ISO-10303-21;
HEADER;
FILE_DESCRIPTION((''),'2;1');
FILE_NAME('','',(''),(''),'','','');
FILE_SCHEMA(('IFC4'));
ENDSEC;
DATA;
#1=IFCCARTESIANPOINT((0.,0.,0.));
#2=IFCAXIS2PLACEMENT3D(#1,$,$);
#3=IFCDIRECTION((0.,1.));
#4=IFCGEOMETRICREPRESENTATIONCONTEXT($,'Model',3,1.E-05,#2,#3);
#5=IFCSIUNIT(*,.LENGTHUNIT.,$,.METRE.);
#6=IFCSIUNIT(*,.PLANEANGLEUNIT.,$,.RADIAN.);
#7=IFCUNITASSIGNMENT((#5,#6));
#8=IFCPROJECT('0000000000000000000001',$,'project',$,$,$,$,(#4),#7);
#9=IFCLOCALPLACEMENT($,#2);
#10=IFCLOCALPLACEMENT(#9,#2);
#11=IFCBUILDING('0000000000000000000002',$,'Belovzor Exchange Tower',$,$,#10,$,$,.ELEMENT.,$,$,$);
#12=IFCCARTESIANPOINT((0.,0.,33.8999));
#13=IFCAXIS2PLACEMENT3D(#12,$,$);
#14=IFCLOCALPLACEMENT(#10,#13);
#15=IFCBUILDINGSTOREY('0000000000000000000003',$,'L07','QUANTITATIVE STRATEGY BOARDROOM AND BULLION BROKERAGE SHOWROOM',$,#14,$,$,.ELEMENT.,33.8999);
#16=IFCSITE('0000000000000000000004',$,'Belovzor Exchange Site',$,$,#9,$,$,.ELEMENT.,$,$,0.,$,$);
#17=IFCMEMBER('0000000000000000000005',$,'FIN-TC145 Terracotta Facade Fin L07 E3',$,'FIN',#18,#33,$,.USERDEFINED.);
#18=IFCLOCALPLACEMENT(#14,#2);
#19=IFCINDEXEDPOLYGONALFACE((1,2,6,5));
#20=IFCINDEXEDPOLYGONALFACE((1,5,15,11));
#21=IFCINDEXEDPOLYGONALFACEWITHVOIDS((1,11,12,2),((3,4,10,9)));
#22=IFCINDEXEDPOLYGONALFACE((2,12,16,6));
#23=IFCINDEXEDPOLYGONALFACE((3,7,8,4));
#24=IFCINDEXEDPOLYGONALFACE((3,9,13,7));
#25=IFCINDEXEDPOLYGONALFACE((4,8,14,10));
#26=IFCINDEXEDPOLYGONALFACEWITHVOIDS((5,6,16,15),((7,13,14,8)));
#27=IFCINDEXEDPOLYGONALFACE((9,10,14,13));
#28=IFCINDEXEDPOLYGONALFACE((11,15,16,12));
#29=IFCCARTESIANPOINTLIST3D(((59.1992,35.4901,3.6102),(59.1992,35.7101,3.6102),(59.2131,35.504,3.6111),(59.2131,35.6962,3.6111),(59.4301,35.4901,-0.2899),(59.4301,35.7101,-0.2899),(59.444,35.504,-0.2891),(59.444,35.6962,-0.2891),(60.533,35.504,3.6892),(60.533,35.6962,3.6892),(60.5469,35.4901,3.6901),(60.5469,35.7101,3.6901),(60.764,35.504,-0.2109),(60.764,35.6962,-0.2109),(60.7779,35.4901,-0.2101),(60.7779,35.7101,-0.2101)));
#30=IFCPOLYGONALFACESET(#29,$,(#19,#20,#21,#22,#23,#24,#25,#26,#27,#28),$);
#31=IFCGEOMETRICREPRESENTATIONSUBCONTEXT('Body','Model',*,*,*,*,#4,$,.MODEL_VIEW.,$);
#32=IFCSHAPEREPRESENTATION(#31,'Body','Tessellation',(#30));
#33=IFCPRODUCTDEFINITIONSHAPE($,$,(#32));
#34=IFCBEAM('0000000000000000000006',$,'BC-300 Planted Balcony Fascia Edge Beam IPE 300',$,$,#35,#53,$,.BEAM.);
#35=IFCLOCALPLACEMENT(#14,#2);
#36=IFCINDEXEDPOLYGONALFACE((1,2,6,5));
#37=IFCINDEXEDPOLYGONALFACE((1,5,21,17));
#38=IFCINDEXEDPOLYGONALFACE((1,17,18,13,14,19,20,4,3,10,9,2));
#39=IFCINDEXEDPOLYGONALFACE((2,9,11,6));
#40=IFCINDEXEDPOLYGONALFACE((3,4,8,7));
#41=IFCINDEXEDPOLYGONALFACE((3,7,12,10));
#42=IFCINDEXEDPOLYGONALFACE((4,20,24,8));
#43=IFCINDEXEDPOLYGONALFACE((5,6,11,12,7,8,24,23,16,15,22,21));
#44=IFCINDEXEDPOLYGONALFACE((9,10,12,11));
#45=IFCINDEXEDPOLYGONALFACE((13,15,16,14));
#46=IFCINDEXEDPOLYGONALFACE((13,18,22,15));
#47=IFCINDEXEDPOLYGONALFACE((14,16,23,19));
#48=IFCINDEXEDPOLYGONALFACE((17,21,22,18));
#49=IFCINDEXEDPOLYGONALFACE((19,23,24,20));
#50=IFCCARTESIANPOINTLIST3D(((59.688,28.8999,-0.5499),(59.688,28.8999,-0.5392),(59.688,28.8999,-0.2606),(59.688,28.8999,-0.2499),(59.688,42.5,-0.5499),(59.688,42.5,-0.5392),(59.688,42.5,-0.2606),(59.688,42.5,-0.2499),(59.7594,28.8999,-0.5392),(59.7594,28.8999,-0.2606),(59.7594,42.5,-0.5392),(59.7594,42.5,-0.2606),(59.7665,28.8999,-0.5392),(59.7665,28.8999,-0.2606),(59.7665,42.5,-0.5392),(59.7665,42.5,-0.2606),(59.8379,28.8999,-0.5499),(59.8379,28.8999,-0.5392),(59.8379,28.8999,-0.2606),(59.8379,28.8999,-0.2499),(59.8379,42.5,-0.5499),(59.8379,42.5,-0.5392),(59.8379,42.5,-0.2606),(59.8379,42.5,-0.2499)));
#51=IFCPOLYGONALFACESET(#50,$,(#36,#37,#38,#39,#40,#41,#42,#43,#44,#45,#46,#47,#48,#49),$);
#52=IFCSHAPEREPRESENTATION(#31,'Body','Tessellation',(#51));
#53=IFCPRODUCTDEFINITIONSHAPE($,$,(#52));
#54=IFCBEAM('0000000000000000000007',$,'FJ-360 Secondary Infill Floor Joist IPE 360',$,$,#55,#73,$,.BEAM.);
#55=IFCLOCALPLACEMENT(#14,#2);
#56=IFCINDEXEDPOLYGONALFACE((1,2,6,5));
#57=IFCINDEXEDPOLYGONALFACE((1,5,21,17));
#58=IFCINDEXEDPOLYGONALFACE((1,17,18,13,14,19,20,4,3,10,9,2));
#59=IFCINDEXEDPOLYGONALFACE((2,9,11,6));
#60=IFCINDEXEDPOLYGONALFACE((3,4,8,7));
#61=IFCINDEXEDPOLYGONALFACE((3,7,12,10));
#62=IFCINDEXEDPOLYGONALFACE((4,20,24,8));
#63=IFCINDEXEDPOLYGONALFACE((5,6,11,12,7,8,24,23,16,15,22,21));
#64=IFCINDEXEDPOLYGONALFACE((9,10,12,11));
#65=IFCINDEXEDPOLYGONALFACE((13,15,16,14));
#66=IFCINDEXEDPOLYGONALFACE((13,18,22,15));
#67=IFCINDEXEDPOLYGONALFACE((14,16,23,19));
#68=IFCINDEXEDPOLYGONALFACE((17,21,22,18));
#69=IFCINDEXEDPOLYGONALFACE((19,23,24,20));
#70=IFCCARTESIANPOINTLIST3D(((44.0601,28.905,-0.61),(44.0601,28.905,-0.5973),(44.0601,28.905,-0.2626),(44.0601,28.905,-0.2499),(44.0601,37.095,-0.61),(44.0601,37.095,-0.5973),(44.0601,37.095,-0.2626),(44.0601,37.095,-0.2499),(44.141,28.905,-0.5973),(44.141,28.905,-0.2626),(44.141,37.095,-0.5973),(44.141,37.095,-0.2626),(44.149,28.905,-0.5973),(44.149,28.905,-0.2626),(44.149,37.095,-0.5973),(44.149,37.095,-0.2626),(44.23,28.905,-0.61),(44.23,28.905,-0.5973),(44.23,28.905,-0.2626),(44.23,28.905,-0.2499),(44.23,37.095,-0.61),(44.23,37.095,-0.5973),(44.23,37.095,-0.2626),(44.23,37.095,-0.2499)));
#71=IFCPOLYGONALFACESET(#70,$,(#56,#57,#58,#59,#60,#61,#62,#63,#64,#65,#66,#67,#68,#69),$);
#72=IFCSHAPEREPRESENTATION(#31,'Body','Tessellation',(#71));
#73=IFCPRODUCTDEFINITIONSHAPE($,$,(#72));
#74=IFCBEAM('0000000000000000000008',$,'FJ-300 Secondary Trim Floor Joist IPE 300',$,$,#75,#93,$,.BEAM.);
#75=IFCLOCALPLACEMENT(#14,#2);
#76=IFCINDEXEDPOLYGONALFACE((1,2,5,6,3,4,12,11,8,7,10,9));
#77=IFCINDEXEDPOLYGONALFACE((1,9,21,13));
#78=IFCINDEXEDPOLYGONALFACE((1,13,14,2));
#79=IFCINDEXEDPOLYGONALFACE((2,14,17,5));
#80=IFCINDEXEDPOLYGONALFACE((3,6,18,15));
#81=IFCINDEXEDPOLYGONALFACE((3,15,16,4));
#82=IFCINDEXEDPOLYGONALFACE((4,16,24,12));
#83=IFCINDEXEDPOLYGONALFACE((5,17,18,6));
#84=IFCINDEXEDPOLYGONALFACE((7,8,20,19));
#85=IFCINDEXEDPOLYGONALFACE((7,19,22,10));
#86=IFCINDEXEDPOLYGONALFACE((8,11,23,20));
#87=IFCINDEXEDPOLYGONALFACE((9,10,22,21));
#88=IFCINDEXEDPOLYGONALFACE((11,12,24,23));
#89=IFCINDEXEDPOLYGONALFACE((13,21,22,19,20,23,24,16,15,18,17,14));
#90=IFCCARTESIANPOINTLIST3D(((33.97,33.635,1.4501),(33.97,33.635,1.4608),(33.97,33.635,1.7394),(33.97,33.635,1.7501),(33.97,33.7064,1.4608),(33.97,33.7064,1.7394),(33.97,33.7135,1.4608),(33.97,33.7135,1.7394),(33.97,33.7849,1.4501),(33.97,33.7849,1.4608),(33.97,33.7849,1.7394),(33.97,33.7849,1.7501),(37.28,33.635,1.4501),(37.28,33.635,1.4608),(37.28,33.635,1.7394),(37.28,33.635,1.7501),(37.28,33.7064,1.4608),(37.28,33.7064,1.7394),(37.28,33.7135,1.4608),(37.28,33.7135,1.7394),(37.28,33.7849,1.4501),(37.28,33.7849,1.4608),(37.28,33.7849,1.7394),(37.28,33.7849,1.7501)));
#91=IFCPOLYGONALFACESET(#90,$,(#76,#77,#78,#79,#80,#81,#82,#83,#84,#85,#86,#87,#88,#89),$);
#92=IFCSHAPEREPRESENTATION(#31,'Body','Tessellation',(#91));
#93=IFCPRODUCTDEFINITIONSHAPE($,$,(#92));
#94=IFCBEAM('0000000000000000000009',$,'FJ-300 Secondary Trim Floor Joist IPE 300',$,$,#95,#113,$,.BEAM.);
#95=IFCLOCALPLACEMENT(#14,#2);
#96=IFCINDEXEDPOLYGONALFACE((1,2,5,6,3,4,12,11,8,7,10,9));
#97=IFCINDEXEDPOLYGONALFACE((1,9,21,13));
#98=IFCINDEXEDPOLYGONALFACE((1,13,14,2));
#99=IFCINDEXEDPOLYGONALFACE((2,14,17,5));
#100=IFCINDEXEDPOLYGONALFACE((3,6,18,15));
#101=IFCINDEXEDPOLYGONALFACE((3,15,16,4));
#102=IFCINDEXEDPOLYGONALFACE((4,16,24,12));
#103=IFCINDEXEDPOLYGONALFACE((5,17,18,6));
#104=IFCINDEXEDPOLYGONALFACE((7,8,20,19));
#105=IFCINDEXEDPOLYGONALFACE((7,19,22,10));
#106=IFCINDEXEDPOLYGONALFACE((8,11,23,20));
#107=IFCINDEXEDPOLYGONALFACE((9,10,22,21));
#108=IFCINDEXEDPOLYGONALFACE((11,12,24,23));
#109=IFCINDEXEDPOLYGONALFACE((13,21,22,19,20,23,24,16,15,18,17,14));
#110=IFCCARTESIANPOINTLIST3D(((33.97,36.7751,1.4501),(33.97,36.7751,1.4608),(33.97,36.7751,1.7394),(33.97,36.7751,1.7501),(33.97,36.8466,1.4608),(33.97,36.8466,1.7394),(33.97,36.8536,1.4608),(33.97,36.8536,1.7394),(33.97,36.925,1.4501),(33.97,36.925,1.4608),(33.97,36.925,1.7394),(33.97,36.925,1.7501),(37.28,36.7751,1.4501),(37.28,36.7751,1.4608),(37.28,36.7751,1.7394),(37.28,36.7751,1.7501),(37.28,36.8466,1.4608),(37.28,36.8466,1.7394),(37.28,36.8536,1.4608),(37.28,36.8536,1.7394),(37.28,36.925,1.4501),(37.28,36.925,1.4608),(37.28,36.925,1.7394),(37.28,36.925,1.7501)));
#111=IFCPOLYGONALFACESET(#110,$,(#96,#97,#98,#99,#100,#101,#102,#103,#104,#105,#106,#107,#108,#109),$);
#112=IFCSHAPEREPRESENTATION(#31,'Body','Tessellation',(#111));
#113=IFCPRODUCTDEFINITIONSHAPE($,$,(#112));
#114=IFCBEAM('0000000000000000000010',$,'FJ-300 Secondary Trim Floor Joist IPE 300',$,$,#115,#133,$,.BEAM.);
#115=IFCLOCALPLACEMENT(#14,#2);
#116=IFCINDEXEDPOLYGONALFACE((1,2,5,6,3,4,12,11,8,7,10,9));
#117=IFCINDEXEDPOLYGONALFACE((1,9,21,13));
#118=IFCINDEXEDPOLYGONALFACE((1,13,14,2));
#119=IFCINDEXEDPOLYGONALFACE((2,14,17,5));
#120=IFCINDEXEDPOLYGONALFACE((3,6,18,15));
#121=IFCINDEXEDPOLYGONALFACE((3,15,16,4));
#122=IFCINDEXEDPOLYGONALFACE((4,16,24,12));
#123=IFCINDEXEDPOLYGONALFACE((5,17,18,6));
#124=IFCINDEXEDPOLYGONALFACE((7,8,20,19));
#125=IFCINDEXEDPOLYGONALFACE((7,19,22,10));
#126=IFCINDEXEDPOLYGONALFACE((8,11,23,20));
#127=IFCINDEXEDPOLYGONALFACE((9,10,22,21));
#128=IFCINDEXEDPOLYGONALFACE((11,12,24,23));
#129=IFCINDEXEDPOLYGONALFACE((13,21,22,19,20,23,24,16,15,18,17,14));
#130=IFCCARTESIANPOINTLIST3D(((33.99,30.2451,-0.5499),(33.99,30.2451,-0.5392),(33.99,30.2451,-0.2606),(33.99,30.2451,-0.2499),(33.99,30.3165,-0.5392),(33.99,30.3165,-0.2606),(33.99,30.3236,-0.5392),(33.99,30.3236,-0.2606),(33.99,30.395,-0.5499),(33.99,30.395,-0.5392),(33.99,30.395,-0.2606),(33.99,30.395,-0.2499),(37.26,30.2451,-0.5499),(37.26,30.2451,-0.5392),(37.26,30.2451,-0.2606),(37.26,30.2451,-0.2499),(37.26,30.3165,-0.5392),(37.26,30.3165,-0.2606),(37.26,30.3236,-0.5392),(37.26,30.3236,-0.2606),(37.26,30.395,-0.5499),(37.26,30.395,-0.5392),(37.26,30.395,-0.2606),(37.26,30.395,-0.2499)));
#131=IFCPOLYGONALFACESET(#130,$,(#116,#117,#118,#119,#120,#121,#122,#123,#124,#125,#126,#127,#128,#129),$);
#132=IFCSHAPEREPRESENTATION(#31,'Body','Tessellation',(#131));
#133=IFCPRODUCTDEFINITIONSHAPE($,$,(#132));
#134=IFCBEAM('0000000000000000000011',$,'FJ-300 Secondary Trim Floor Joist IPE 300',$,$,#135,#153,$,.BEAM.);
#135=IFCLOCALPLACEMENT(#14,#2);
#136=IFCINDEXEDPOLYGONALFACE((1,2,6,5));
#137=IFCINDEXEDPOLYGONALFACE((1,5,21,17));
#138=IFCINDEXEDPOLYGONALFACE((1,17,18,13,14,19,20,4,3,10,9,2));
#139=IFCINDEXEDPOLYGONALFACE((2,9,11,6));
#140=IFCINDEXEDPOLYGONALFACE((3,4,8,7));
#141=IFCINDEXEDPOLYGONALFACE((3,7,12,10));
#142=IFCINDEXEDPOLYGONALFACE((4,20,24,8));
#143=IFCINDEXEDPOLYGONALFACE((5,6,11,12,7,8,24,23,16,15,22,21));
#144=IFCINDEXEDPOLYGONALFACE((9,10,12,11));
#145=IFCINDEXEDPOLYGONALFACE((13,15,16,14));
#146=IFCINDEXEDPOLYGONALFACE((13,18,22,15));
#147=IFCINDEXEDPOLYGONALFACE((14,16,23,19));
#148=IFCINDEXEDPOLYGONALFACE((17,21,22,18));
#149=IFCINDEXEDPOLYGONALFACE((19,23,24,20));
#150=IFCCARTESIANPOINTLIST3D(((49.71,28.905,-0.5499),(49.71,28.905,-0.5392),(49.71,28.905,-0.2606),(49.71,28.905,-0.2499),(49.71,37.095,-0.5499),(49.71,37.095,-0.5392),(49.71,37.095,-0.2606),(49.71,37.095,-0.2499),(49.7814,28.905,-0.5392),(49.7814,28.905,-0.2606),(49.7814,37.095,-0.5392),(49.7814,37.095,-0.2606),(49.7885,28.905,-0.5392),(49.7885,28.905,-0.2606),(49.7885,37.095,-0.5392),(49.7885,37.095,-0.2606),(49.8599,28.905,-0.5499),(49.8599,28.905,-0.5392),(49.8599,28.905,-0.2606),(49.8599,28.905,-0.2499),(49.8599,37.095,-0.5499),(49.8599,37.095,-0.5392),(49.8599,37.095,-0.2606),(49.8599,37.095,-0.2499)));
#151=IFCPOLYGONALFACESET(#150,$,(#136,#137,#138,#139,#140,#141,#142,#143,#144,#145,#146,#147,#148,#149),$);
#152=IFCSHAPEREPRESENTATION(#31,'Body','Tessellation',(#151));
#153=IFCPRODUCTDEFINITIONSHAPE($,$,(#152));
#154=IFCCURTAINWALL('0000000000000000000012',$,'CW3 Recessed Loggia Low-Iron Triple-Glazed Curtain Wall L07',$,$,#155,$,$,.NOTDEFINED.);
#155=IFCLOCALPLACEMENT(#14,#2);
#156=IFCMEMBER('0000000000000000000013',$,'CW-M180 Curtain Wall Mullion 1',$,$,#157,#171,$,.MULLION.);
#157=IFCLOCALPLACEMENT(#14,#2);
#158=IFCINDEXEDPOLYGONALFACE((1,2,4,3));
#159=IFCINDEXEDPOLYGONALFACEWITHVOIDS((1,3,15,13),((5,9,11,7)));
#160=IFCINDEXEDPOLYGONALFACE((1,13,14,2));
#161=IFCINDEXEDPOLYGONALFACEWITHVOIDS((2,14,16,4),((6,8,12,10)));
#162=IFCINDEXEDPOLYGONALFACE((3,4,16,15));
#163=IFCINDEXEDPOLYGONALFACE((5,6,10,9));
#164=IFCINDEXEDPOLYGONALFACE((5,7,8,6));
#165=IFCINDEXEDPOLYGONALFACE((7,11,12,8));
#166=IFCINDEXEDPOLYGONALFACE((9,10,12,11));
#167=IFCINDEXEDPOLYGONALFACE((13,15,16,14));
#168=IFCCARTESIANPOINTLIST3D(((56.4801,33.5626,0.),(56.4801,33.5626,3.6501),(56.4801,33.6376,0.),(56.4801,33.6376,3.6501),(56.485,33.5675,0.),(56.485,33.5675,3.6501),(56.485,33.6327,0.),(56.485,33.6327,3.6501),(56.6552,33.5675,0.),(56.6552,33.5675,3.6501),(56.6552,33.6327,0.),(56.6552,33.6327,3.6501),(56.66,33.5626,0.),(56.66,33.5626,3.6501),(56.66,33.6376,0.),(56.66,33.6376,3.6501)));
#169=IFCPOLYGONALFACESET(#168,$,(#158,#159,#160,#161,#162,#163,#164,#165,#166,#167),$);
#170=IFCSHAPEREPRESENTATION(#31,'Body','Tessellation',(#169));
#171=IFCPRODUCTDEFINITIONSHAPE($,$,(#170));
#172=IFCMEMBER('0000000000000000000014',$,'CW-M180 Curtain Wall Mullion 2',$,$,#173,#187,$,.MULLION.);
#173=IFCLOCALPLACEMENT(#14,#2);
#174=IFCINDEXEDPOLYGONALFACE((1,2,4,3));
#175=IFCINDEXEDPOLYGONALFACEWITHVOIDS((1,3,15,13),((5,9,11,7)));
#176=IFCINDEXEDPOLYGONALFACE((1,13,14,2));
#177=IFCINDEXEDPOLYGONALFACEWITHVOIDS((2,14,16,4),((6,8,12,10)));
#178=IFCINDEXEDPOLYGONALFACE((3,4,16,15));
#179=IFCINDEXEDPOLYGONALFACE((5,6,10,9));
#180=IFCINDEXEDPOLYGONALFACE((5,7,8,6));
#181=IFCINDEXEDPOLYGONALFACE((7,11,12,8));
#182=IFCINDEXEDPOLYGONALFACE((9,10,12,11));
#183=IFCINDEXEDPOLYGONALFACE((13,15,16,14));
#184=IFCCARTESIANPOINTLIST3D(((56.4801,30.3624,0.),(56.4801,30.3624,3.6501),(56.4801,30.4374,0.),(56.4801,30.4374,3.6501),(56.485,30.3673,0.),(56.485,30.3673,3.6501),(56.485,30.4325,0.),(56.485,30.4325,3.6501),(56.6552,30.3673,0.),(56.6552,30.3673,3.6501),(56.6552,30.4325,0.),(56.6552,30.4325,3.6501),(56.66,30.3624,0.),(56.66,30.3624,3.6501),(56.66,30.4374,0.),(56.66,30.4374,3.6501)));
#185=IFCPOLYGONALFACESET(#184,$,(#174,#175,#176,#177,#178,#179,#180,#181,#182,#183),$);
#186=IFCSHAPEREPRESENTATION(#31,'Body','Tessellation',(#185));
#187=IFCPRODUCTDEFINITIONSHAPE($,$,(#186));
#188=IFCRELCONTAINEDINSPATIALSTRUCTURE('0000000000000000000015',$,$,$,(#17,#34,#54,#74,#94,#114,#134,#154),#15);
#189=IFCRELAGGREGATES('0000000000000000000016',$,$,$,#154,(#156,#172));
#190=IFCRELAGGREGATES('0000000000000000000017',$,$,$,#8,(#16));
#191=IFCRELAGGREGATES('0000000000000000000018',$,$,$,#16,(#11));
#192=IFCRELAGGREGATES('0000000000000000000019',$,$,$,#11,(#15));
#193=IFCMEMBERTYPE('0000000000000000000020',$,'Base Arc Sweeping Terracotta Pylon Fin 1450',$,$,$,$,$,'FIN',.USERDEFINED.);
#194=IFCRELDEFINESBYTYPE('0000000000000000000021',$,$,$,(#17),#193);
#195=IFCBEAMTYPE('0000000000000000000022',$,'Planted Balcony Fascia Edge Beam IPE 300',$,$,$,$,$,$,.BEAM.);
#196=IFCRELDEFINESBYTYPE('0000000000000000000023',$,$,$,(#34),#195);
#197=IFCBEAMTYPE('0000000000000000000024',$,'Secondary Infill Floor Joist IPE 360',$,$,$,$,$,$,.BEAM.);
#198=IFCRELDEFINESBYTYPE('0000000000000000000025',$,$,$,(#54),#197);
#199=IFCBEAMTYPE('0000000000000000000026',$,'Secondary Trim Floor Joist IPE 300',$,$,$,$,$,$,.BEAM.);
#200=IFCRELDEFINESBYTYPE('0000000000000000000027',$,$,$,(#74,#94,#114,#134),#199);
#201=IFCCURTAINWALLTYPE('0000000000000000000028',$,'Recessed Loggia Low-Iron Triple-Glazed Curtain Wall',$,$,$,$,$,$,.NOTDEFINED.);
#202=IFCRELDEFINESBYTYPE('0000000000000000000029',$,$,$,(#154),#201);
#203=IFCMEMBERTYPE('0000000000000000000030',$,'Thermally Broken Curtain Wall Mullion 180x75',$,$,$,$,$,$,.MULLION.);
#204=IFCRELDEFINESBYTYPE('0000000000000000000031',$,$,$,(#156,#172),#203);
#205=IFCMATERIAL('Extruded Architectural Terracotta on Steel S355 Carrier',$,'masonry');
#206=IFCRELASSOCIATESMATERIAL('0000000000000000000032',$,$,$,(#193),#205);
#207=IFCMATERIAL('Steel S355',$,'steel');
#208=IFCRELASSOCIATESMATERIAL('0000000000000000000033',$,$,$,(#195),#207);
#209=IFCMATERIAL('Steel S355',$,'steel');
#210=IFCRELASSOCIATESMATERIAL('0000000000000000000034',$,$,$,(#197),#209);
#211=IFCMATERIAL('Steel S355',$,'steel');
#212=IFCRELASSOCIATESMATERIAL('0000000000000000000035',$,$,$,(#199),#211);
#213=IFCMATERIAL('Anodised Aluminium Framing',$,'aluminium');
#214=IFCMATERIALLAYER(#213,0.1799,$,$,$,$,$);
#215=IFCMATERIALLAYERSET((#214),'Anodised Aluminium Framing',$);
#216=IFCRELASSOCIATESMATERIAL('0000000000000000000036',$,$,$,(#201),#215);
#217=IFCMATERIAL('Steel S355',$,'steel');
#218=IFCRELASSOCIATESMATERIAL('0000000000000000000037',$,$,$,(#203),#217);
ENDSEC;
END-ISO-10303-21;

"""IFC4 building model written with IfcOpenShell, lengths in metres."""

from ifc_helpers import new_model, si_unit, direction, frame, origin, origin_2d, place, context, subcontext, project, spatial, hollow_rectangle, i_section, extrude, material, layer, layer_set, material_profile, profile_set, type_object, element, aggregate, save


model = new_model("IFC4")

# Units and contexts
model_context = context("Model", 3, precision=1e-05, world=origin(), true_north=direction((0.0, 1.0)))
body_context = subcontext(model_context, "Body", "Model", "MODEL_VIEW")
ifc_project = project(units=[si_unit("LENGTHUNIT", "METRE"), si_unit("PLANEANGLEUNIT", "RADIAN")], contexts=[model_context])

# Site, building, storey
site_placement = place(None, origin())
site = spatial("IfcSite", under=ifc_project, at=site_placement, Name="Belovzor Exchange Site", CompositionType="ELEMENT", RefElevation=0.0)
building_placement = place(site_placement, origin())
building = spatial("IfcBuilding", under=site, at=building_placement, Name="Belovzor Exchange Tower", CompositionType="ELEMENT")
storey_placement = place(building_placement, frame((0.0, 0.0, 33.8999)))
storey = spatial("IfcBuildingStorey", under=building, at=storey_placement, Name="L07", Description="QUANTITATIVE STRATEGY BOARDROOM AND BULLION BROKERAGE SHOWROOM", CompositionType="ELEMENT", Elevation=33.8999)

# Member
ifc_material_1 = material(Name="Extruded Architectural Terracotta on Steel S355 Carrier", Category="masonry")
ifc_material_profile_1 = material_profile(ifc_material_1, hollow_rectangle(XDim=0.22, YDim=1.3501, WallThickness=0.0139, at=origin_2d()))
ifc_profile_set_1 = profile_set([ifc_material_profile_1], Name="Extruded Architectural Terracotta on Steel S355 Carrier")
member_type_1 = type_object("IfcMemberType", Name="Base Arc Sweeping Terracotta Pylon Fin 1450", ElementType="FIN", PredefinedType="USERDEFINED", material=ifc_profile_set_1)
member_1_placement = place(storey_placement, frame((60.104, 35.6001, -0.25), z_axis=(-0.059114, 0.0, 0.998251), x_axis=(0.0, -1.0, 0.0)))
element("IfcMember", 1, at=member_1_placement, inside=storey, type_object=member_type_1, Name="FIN-TC145 Terracotta Facade Fin L07 E3", ObjectType="FIN", PredefinedType="USERDEFINED", context=body_context, shape_type="SweptSolid", body=[
    extrude(hollow_rectangle(XDim=0.22, YDim=1.3501, WallThickness=0.0139, at=origin_2d()), origin(), (0.0, 0.0, 1.0), 3.907),
])

# Beams
ifc_material_2 = material(Name="Steel S355", Category="steel")
ifc_material_profile_2 = material_profile(ifc_material_2, i_section(OverallWidth=0.1499, OverallDepth=0.3, WebThickness=0.0071, FlangeThickness=0.0107, at=origin_2d()))
ifc_profile_set_2 = profile_set([ifc_material_profile_2], Name="Steel S355")
beam_type_1 = type_object("IfcBeamType", Name="Planted Balcony Fascia Edge Beam IPE 300", PredefinedType="BEAM", material=ifc_profile_set_2)
beam_1_placement = place(storey_placement, frame((59.7629, 28.8999, -0.3999), z_axis=(0.0, 1.0, 0.0), x_axis=(-1.0, 0.0, 0.0)))
element("IfcBeam", 2, at=beam_1_placement, inside=storey, type_object=beam_type_1, Name="BC-300 Planted Balcony Fascia Edge Beam IPE 300", PredefinedType="BEAM", context=body_context, shape_type="SweptSolid", body=[
    extrude(i_section(OverallWidth=0.1499, OverallDepth=0.3, WebThickness=0.0071, FlangeThickness=0.0107, at=origin_2d()), origin(), (0.0, 0.0, 1.0), 13.6001),
])
ifc_material_3 = material(Name="Steel S355", Category="steel")
ifc_material_profile_3 = material_profile(ifc_material_3, i_section(OverallWidth=0.1699, OverallDepth=0.3601, WebThickness=0.0081, FlangeThickness=0.0127, at=origin_2d()))
ifc_profile_set_3 = profile_set([ifc_material_profile_3], Name="Steel S355")
beam_type_2 = type_object("IfcBeamType", Name="Secondary Infill Floor Joist IPE 360", PredefinedType="BEAM", material=ifc_profile_set_3)
beam_2_placement = place(storey_placement, frame((44.145, 28.905, -0.4299), z_axis=(0.0, 1.0, 0.0), x_axis=(-1.0, 0.0, 0.0)))
element("IfcBeam", 3, at=beam_2_placement, inside=storey, type_object=beam_type_2, Name="FJ-360 Secondary Infill Floor Joist IPE 360", PredefinedType="BEAM", context=body_context, shape_type="SweptSolid", body=[
    extrude(i_section(OverallWidth=0.1699, OverallDepth=0.3601, WebThickness=0.0081, FlangeThickness=0.0127, at=origin_2d()), origin(), (0.0, 0.0, 1.0), 8.1899),
])
ifc_material_4 = material(Name="Steel S355", Category="steel")
ifc_material_profile_4 = material_profile(ifc_material_4, i_section(OverallWidth=0.1499, OverallDepth=0.3, WebThickness=0.0071, FlangeThickness=0.0107, at=origin_2d()))
ifc_profile_set_4 = profile_set([ifc_material_profile_4], Name="Steel S355")
beam_type_3 = type_object("IfcBeamType", Name="Secondary Trim Floor Joist IPE 300", PredefinedType="BEAM", material=ifc_profile_set_4)
for number, where, z_axis, x_axis, name in (
    (4, (37.28, 33.71, 1.6001), (-1.0, 0.0, 0.0), (0.0, -1.0, 0.0), "FJ-300 Secondary Trim Floor Joist IPE 300"),
    (5, (37.28, 36.8501, 1.6001), (-1.0, 0.0, 0.0), (0.0, -1.0, 0.0), "FJ-300 Secondary Trim Floor Joist IPE 300"),
):
    element("IfcBeam", number, at=place(storey_placement, frame(where, z_axis=z_axis, x_axis=x_axis)), inside=storey, type_object=beam_type_3, Name=name, PredefinedType="BEAM", context=body_context, shape_type="SweptSolid", body=[
        extrude(i_section(OverallWidth=0.1499, OverallDepth=0.3, WebThickness=0.0071, FlangeThickness=0.0107, at=origin_2d()), origin(), (0.0, 0.0, 1.0), 3.3101),
    ])
beam_3_placement = place(storey_placement, frame((37.26, 30.3201, -0.3999), z_axis=(-1.0, 0.0, 0.0), x_axis=(0.0, -1.0, 0.0)))
element("IfcBeam", 6, at=beam_3_placement, inside=storey, type_object=beam_type_3, Name="FJ-300 Secondary Trim Floor Joist IPE 300", PredefinedType="BEAM", context=body_context, shape_type="SweptSolid", body=[
    extrude(i_section(OverallWidth=0.1499, OverallDepth=0.3, WebThickness=0.0071, FlangeThickness=0.0107, at=origin_2d()), origin(), (0.0, 0.0, 1.0), 3.27),
])
beam_4_placement = place(storey_placement, frame((49.7849, 28.905, -0.3999), z_axis=(0.0, 1.0, 0.0), x_axis=(-1.0, 0.0, 0.0)))
element("IfcBeam", 7, at=beam_4_placement, inside=storey, type_object=beam_type_3, Name="FJ-300 Secondary Trim Floor Joist IPE 300", PredefinedType="BEAM", context=body_context, shape_type="SweptSolid", body=[
    extrude(i_section(OverallWidth=0.1499, OverallDepth=0.3, WebThickness=0.0071, FlangeThickness=0.0107, at=origin_2d()), origin(), (0.0, 0.0, 1.0), 8.1899),
])

# Curtain wall, members
ifc_material_5 = material(Name="Anodised Aluminium Framing", Category="aluminium")
ifc_layer_1 = layer(ifc_material_5, 0.1799)
ifc_layer_set_1 = layer_set([ifc_layer_1], Name="Anodised Aluminium Framing")
curtain_wall_type = type_object("IfcCurtainWallType", Name="Recessed Loggia Low-Iron Triple-Glazed Curtain Wall", PredefinedType="NOTDEFINED", material=ifc_layer_set_1)
curtain_wall_placement = place(storey_placement, origin())
curtain_wall = element("IfcCurtainWall", 8, at=curtain_wall_placement, inside=storey, type_object=curtain_wall_type, Name="CW3 Recessed Loggia Low-Iron Triple-Glazed Curtain Wall L07", PredefinedType="NOTDEFINED")
ifc_material_6 = material(Name="Steel S355", Category="steel")
ifc_material_profile_5 = material_profile(ifc_material_6, hollow_rectangle(XDim=0.075, YDim=0.1799, WallThickness=0.0049, at=origin_2d()))
ifc_profile_set_5 = profile_set([ifc_material_profile_5], Name="Steel S355")
member_type_2 = type_object("IfcMemberType", Name="Thermally Broken Curtain Wall Mullion 180x75", PredefinedType="MULLION", material=ifc_profile_set_5)
member_2_placement = place(storey_placement, frame((56.5701, 33.6001, 0.0), z_axis=(0.0, 0.0, 1.0), x_axis=(0.0, -1.0, 0.0)))
member_2 = element("IfcMember", 9, at=member_2_placement, type_object=member_type_2, Name="CW-M180 Curtain Wall Mullion 1", PredefinedType="MULLION", context=body_context, shape_type="SweptSolid", body=[
    extrude(hollow_rectangle(XDim=0.075, YDim=0.1799, WallThickness=0.0049, at=origin_2d()), origin(), (0.0, 0.0, 1.0), 3.6501),
])
member_3_placement = place(storey_placement, frame((56.5701, 30.3999, 0.0), z_axis=(0.0, 0.0, 1.0), x_axis=(0.0, -1.0, 0.0)))
member_3 = element("IfcMember", 10, at=member_3_placement, type_object=member_type_2, Name="CW-M180 Curtain Wall Mullion 2", PredefinedType="MULLION", context=body_context, shape_type="SweptSolid", body=[
    extrude(hollow_rectangle(XDim=0.075, YDim=0.1799, WallThickness=0.0049, at=origin_2d()), origin(), (0.0, 0.0, 1.0), 3.6501),
])

aggregate(curtain_wall, [member_2, member_3])

save(model, "model.ifc")
